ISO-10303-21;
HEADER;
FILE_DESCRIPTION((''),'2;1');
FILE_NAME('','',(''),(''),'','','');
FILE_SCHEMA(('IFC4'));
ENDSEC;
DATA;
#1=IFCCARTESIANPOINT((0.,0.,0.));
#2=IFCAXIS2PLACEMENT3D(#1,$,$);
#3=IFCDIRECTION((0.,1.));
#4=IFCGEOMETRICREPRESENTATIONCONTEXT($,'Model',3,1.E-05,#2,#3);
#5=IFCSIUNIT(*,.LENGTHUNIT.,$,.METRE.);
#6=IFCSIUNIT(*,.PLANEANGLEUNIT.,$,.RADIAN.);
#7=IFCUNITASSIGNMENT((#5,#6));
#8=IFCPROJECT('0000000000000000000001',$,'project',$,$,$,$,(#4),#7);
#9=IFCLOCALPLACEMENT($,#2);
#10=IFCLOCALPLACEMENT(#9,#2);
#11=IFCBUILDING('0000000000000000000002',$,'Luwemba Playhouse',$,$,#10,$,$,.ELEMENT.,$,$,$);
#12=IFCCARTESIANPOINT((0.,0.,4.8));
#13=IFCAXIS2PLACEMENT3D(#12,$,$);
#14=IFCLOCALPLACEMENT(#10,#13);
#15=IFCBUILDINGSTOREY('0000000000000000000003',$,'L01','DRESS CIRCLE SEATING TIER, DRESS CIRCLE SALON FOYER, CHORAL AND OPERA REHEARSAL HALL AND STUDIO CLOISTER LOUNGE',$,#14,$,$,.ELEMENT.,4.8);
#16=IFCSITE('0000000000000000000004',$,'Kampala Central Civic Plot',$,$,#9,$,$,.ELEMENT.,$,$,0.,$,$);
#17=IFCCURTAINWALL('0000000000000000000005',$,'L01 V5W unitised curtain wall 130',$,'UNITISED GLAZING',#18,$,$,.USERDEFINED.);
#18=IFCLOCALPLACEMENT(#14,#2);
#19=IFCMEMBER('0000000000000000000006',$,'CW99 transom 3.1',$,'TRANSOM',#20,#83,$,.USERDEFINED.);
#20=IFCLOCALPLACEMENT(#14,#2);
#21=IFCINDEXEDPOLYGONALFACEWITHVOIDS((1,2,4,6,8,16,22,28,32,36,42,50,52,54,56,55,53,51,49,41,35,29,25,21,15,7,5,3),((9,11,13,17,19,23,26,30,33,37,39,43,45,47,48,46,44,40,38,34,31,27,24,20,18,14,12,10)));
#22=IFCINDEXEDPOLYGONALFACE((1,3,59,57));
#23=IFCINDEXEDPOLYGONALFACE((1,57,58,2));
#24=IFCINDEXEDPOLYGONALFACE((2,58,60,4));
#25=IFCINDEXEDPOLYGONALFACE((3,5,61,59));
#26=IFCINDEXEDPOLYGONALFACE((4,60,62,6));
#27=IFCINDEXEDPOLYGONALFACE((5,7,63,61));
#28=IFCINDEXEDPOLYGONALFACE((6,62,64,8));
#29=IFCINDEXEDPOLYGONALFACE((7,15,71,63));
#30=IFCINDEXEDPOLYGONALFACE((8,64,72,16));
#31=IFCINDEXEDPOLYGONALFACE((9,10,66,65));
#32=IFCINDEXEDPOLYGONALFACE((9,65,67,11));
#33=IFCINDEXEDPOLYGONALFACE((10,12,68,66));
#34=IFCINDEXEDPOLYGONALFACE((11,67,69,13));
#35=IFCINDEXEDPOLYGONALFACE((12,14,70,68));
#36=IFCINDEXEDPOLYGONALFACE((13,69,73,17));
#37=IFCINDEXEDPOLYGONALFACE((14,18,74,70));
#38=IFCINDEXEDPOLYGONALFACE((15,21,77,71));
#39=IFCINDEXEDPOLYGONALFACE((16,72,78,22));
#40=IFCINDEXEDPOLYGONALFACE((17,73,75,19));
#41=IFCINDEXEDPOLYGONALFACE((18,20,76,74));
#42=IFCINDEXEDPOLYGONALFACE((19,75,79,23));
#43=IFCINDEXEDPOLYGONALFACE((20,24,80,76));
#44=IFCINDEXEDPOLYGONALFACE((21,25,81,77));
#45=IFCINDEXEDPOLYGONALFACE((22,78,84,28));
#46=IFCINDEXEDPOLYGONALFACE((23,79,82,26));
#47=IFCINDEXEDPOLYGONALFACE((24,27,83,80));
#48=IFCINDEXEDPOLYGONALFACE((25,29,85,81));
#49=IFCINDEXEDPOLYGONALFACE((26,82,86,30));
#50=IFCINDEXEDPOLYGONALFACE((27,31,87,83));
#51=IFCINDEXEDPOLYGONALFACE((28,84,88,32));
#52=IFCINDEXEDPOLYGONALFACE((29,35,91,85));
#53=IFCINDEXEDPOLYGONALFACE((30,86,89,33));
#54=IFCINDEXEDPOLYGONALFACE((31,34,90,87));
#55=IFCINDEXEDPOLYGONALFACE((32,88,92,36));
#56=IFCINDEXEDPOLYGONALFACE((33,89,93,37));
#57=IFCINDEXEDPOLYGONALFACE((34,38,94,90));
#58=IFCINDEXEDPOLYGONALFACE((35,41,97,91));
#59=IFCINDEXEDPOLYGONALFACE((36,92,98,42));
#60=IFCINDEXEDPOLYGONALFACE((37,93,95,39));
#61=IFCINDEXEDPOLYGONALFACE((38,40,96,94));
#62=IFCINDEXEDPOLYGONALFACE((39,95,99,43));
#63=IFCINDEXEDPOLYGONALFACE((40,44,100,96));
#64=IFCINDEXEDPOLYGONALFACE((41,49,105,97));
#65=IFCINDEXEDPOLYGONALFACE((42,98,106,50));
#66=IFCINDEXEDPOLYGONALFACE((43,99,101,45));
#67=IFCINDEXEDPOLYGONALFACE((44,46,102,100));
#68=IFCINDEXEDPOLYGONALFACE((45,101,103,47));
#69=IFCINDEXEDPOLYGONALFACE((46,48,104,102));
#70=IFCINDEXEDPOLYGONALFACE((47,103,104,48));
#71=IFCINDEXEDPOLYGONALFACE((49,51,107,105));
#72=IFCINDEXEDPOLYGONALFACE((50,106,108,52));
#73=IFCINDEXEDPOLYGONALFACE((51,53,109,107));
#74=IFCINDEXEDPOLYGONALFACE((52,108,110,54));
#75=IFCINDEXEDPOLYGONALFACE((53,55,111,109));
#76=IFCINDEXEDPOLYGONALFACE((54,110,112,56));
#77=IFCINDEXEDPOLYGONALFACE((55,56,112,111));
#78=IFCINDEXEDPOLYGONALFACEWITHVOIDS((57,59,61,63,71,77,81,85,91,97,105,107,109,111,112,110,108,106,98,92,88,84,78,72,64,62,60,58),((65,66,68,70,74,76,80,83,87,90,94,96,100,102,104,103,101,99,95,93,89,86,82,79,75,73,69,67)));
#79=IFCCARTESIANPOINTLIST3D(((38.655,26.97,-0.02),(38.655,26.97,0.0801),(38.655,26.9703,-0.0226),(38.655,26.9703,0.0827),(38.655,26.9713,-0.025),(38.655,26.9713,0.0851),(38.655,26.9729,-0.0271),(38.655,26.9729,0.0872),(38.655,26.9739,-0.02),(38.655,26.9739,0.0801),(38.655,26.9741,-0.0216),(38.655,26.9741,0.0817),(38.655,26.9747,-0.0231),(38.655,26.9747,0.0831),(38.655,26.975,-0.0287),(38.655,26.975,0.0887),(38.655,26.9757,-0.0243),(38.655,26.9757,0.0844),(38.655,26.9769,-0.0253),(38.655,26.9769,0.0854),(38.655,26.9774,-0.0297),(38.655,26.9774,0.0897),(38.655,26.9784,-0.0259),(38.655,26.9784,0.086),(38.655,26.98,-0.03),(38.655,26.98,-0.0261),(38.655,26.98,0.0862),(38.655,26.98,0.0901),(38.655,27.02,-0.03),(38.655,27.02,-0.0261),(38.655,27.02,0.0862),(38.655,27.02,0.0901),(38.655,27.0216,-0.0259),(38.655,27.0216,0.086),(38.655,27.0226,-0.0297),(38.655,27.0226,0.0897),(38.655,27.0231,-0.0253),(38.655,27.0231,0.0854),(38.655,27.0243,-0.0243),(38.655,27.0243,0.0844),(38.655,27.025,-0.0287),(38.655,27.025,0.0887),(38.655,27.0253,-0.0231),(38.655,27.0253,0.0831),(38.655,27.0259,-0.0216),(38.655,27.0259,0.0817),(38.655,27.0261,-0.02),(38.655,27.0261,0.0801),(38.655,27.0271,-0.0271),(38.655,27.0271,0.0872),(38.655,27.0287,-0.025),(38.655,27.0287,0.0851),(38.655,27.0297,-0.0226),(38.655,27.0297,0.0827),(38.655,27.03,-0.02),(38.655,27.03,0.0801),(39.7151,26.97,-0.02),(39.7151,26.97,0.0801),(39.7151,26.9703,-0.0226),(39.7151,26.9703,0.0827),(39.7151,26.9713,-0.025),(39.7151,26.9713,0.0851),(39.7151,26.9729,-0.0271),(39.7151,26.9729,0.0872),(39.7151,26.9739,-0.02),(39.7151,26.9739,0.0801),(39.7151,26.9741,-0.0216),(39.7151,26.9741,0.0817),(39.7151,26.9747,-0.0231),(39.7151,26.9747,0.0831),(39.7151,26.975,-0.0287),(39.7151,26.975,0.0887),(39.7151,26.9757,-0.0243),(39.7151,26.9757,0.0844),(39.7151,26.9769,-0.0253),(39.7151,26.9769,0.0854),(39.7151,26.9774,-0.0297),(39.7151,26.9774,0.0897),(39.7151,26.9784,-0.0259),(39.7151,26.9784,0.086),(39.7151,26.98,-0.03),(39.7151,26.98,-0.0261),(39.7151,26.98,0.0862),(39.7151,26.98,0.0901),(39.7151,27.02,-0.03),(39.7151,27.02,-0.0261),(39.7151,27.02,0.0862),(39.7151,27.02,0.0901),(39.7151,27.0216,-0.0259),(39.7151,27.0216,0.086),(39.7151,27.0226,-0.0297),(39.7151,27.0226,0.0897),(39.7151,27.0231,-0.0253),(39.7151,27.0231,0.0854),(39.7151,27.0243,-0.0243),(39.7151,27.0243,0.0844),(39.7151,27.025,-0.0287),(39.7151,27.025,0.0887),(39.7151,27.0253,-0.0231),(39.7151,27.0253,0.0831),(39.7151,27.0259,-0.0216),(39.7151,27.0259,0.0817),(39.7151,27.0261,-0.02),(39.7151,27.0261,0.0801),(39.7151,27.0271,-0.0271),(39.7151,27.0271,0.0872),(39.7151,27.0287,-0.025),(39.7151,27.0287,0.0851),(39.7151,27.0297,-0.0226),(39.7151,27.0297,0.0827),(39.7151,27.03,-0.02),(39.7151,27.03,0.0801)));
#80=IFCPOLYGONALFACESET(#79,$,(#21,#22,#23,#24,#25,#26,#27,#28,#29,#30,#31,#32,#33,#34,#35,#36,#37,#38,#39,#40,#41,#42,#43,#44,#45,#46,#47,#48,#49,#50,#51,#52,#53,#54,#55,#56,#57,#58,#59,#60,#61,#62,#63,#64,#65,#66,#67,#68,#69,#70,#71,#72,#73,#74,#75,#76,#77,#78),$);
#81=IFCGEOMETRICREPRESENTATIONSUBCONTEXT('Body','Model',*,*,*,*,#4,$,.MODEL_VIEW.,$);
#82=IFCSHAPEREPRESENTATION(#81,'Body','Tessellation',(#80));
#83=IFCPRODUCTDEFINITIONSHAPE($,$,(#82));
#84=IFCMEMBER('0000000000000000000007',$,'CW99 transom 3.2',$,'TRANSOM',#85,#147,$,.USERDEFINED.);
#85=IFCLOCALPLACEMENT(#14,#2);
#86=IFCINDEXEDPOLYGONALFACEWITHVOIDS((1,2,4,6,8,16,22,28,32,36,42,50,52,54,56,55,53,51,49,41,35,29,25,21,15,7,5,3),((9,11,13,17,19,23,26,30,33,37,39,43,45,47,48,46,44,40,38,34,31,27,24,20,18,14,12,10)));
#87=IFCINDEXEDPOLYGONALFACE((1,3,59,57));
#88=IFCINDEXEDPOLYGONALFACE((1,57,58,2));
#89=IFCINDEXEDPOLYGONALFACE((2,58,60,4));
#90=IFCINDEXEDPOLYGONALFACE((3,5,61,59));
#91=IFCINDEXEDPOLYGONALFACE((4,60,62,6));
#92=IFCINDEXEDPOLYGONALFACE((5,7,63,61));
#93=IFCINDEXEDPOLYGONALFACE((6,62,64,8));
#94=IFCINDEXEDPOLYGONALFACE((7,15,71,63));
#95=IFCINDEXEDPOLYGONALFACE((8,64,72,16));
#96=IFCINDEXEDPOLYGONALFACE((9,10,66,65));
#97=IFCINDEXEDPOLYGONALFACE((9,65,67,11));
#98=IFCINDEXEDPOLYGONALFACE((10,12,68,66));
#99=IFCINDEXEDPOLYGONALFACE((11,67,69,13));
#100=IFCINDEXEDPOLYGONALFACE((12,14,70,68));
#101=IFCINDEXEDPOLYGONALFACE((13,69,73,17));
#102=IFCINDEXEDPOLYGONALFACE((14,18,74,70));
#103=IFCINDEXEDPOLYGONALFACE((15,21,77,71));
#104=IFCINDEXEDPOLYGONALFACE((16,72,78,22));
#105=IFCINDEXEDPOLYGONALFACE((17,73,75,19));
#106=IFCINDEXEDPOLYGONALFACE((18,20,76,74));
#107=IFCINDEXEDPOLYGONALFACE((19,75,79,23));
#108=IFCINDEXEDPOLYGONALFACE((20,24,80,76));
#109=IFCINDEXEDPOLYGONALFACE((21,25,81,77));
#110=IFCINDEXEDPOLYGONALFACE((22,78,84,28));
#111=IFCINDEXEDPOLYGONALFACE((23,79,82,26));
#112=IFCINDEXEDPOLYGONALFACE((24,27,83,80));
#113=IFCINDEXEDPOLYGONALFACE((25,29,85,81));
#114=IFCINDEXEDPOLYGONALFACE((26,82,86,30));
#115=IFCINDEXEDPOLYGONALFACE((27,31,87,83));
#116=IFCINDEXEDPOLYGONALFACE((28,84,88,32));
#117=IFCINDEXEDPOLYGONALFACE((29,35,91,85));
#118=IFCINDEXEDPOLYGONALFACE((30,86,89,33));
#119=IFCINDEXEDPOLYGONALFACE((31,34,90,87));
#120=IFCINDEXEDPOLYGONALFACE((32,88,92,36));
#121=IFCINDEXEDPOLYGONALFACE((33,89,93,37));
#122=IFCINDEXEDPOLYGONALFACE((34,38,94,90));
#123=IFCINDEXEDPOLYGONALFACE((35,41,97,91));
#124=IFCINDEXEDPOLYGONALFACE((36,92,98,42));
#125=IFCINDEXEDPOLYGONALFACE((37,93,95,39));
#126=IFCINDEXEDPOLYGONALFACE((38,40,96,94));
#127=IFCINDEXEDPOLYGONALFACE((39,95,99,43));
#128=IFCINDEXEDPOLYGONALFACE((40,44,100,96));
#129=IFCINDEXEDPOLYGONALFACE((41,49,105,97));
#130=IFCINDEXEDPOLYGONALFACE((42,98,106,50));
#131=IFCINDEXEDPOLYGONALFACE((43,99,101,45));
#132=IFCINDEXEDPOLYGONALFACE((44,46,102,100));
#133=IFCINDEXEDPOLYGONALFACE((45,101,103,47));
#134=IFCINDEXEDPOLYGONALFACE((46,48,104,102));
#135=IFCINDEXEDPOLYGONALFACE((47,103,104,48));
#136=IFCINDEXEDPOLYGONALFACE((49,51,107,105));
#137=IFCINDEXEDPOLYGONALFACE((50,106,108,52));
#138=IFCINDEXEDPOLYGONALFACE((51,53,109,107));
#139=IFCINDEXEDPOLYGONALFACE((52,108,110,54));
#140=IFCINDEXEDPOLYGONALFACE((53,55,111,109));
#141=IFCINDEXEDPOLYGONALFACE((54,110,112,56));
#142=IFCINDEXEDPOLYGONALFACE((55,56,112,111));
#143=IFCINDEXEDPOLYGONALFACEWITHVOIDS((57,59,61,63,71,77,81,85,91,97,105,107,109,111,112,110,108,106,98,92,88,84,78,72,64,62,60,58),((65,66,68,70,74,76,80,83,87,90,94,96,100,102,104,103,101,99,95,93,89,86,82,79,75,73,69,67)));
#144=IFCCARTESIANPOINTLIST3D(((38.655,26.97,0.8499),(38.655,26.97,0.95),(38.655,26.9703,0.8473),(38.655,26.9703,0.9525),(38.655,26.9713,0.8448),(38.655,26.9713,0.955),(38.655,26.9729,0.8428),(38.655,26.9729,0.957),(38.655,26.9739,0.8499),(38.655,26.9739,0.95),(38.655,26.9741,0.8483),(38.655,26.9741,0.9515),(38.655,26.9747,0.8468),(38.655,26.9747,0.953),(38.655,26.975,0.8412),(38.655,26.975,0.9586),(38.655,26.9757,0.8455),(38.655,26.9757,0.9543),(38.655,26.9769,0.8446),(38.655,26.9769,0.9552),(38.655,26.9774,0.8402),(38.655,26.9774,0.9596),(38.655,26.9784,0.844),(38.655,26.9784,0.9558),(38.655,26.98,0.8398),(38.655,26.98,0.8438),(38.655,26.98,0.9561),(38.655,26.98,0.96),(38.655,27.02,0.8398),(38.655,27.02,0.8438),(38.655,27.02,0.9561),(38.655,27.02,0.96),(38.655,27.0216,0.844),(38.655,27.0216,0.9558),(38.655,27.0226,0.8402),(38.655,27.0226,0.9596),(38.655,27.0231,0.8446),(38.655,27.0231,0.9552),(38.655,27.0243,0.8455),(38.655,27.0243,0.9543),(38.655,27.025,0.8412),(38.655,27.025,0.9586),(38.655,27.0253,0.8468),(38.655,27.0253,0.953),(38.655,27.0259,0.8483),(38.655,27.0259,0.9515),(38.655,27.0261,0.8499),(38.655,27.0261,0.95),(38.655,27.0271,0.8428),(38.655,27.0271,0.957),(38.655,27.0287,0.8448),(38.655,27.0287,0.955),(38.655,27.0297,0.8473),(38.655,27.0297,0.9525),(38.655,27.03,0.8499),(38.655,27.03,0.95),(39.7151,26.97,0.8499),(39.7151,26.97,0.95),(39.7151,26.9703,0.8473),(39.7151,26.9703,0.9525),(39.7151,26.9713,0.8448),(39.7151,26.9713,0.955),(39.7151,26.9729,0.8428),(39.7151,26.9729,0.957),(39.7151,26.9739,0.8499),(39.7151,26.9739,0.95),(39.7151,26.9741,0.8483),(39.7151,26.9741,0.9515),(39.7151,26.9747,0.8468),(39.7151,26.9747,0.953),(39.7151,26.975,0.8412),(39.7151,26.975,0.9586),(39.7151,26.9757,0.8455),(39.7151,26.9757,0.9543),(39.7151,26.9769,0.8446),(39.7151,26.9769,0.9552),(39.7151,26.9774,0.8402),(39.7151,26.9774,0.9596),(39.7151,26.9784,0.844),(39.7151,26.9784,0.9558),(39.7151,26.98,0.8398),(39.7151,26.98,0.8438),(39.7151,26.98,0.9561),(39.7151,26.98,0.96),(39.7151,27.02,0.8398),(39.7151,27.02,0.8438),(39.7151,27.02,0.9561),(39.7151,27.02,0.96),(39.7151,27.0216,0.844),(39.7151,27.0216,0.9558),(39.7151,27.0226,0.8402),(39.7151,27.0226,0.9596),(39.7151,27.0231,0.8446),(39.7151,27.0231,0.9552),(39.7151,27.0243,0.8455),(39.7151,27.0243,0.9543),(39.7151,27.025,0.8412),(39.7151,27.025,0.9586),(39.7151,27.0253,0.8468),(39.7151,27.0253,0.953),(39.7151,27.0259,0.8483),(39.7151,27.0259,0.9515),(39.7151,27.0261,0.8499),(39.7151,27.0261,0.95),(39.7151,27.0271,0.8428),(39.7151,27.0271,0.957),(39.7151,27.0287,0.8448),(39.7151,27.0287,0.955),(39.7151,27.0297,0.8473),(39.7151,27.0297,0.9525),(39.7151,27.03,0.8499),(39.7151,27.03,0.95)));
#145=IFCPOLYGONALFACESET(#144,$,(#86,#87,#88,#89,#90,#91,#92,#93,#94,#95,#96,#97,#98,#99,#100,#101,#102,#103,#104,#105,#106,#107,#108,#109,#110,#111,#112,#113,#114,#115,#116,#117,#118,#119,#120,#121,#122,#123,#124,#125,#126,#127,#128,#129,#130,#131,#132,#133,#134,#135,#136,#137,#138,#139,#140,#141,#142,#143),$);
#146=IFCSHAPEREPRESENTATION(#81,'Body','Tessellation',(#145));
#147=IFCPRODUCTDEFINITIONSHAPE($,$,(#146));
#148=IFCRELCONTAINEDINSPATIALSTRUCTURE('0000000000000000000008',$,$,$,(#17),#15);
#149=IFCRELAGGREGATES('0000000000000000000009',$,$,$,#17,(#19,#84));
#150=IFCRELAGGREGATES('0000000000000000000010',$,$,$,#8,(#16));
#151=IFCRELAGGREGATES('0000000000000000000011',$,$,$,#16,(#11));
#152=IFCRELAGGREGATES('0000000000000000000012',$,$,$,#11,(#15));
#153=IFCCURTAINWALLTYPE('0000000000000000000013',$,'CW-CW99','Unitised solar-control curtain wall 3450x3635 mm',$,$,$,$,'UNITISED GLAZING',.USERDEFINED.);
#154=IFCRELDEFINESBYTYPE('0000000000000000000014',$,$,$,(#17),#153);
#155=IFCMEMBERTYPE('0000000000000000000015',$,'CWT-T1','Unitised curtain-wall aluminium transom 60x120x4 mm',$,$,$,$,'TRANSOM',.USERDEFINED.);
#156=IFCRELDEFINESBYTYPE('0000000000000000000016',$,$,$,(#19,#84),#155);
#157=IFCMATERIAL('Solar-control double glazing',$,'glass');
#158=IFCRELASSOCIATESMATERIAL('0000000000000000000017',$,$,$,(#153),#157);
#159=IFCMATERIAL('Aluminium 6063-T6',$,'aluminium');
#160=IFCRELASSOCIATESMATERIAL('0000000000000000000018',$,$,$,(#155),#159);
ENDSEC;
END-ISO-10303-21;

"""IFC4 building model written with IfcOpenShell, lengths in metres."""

from ifc_helpers import new_model, si_unit, direction, frame, origin, origin_2d, place, context, subcontext, project, spatial, hollow_rectangle, extrude, material, material_profile, profile_set, type_object, element, aggregate, save


model = new_model("IFC4")

# Units and contexts
model_context = context("Model", 3, precision=1e-05, world=origin(), true_north=direction((0.0, 1.0)))
body_context = subcontext(model_context, "Body", "Model", "MODEL_VIEW")
ifc_project = project(units=[si_unit("LENGTHUNIT", "METRE"), si_unit("PLANEANGLEUNIT", "RADIAN")], contexts=[model_context])

# Site, building, storey
site_placement = place(None, origin())
site = spatial("IfcSite", under=ifc_project, at=site_placement, Name="Kampala Central Civic Plot", CompositionType="ELEMENT", RefElevation=0.0)
building_placement = place(site_placement, origin())
building = spatial("IfcBuilding", under=site, at=building_placement, Name="Luwemba Playhouse", CompositionType="ELEMENT")
storey_placement = place(building_placement, frame((0.0, 0.0, 4.8)))
storey = spatial("IfcBuildingStorey", under=building, at=storey_placement, Name="L01", Description="DRESS CIRCLE SEATING TIER, DRESS CIRCLE SALON FOYER, CHORAL AND OPERA REHEARSAL HALL AND STUDIO CLOISTER LOUNGE", CompositionType="ELEMENT", Elevation=4.8)

# Curtain wall
ifc_material_1 = material(Name="Solar-control double glazing", Category="glass")
curtain_wall_type_1 = type_object("IfcCurtainWallType", Name="CW-CW99", Description="Unitised solar-control curtain wall 3450x3635 mm", ElementType="UNITISED GLAZING", PredefinedType="USERDEFINED", material=ifc_material_1)
curtain_wall_1_placement = place(storey_placement, origin())
curtain_wall_1 = element("IfcCurtainWall", 1, at=curtain_wall_1_placement, inside=storey, type_object=curtain_wall_type_1, Name="L01 V5W unitised curtain wall 130", ObjectType="UNITISED GLAZING", PredefinedType="USERDEFINED")
ifc_material_2 = material(Name="Aluminium 6063-T6", Category="aluminium")

# Members
ifc_material_profile_1 = material_profile(ifc_material_2, hollow_rectangle(XDim=0.0601, YDim=0.1201, WallThickness=0.0039, InnerFilletRadius=0.0061, OuterFilletRadius=0.01, at=origin_2d()))
ifc_profile_set_1 = profile_set([ifc_material_profile_1], Name="Aluminium 6063-T6")
member_type_1 = type_object("IfcMemberType", Name="CWT-T1", Description="Unitised curtain-wall aluminium transom 60x120x4 mm", ElementType="TRANSOM", PredefinedType="USERDEFINED", material=ifc_profile_set_1)
member_1_placement = place(storey_placement, frame((38.655, 27.0, 0.03), z_axis=(1.0, 0.0, 0.0), x_axis=(0.0, 1.0, 0.0)))
member_1 = element("IfcMember", 2, at=member_1_placement, type_object=member_type_1, Name="CW99 transom 3.1", ObjectType="TRANSOM", PredefinedType="USERDEFINED", context=body_context, shape_type="SweptSolid", body=[
    extrude(hollow_rectangle(XDim=0.0601, YDim=0.1201, WallThickness=0.0039, InnerFilletRadius=0.0061, OuterFilletRadius=0.01, at=origin_2d()), origin(), (0.0, 0.0, 1.0), 1.0601),
])
member_2_placement = place(storey_placement, frame((38.655, 27.0, 0.8999), z_axis=(1.0, 0.0, 0.0), x_axis=(0.0, 1.0, 0.0)))
member_2 = element("IfcMember", 3, at=member_2_placement, type_object=member_type_1, Name="CW99 transom 3.2", ObjectType="TRANSOM", PredefinedType="USERDEFINED", context=body_context, shape_type="SweptSolid", body=[
    extrude(hollow_rectangle(XDim=0.0601, YDim=0.1201, WallThickness=0.0039, InnerFilletRadius=0.0061, OuterFilletRadius=0.01, at=origin_2d()), origin(), (0.0, 0.0, 1.0), 1.0601),
])

aggregate(curtain_wall_1, [member_1, member_2])

save(model, "model.ifc")
